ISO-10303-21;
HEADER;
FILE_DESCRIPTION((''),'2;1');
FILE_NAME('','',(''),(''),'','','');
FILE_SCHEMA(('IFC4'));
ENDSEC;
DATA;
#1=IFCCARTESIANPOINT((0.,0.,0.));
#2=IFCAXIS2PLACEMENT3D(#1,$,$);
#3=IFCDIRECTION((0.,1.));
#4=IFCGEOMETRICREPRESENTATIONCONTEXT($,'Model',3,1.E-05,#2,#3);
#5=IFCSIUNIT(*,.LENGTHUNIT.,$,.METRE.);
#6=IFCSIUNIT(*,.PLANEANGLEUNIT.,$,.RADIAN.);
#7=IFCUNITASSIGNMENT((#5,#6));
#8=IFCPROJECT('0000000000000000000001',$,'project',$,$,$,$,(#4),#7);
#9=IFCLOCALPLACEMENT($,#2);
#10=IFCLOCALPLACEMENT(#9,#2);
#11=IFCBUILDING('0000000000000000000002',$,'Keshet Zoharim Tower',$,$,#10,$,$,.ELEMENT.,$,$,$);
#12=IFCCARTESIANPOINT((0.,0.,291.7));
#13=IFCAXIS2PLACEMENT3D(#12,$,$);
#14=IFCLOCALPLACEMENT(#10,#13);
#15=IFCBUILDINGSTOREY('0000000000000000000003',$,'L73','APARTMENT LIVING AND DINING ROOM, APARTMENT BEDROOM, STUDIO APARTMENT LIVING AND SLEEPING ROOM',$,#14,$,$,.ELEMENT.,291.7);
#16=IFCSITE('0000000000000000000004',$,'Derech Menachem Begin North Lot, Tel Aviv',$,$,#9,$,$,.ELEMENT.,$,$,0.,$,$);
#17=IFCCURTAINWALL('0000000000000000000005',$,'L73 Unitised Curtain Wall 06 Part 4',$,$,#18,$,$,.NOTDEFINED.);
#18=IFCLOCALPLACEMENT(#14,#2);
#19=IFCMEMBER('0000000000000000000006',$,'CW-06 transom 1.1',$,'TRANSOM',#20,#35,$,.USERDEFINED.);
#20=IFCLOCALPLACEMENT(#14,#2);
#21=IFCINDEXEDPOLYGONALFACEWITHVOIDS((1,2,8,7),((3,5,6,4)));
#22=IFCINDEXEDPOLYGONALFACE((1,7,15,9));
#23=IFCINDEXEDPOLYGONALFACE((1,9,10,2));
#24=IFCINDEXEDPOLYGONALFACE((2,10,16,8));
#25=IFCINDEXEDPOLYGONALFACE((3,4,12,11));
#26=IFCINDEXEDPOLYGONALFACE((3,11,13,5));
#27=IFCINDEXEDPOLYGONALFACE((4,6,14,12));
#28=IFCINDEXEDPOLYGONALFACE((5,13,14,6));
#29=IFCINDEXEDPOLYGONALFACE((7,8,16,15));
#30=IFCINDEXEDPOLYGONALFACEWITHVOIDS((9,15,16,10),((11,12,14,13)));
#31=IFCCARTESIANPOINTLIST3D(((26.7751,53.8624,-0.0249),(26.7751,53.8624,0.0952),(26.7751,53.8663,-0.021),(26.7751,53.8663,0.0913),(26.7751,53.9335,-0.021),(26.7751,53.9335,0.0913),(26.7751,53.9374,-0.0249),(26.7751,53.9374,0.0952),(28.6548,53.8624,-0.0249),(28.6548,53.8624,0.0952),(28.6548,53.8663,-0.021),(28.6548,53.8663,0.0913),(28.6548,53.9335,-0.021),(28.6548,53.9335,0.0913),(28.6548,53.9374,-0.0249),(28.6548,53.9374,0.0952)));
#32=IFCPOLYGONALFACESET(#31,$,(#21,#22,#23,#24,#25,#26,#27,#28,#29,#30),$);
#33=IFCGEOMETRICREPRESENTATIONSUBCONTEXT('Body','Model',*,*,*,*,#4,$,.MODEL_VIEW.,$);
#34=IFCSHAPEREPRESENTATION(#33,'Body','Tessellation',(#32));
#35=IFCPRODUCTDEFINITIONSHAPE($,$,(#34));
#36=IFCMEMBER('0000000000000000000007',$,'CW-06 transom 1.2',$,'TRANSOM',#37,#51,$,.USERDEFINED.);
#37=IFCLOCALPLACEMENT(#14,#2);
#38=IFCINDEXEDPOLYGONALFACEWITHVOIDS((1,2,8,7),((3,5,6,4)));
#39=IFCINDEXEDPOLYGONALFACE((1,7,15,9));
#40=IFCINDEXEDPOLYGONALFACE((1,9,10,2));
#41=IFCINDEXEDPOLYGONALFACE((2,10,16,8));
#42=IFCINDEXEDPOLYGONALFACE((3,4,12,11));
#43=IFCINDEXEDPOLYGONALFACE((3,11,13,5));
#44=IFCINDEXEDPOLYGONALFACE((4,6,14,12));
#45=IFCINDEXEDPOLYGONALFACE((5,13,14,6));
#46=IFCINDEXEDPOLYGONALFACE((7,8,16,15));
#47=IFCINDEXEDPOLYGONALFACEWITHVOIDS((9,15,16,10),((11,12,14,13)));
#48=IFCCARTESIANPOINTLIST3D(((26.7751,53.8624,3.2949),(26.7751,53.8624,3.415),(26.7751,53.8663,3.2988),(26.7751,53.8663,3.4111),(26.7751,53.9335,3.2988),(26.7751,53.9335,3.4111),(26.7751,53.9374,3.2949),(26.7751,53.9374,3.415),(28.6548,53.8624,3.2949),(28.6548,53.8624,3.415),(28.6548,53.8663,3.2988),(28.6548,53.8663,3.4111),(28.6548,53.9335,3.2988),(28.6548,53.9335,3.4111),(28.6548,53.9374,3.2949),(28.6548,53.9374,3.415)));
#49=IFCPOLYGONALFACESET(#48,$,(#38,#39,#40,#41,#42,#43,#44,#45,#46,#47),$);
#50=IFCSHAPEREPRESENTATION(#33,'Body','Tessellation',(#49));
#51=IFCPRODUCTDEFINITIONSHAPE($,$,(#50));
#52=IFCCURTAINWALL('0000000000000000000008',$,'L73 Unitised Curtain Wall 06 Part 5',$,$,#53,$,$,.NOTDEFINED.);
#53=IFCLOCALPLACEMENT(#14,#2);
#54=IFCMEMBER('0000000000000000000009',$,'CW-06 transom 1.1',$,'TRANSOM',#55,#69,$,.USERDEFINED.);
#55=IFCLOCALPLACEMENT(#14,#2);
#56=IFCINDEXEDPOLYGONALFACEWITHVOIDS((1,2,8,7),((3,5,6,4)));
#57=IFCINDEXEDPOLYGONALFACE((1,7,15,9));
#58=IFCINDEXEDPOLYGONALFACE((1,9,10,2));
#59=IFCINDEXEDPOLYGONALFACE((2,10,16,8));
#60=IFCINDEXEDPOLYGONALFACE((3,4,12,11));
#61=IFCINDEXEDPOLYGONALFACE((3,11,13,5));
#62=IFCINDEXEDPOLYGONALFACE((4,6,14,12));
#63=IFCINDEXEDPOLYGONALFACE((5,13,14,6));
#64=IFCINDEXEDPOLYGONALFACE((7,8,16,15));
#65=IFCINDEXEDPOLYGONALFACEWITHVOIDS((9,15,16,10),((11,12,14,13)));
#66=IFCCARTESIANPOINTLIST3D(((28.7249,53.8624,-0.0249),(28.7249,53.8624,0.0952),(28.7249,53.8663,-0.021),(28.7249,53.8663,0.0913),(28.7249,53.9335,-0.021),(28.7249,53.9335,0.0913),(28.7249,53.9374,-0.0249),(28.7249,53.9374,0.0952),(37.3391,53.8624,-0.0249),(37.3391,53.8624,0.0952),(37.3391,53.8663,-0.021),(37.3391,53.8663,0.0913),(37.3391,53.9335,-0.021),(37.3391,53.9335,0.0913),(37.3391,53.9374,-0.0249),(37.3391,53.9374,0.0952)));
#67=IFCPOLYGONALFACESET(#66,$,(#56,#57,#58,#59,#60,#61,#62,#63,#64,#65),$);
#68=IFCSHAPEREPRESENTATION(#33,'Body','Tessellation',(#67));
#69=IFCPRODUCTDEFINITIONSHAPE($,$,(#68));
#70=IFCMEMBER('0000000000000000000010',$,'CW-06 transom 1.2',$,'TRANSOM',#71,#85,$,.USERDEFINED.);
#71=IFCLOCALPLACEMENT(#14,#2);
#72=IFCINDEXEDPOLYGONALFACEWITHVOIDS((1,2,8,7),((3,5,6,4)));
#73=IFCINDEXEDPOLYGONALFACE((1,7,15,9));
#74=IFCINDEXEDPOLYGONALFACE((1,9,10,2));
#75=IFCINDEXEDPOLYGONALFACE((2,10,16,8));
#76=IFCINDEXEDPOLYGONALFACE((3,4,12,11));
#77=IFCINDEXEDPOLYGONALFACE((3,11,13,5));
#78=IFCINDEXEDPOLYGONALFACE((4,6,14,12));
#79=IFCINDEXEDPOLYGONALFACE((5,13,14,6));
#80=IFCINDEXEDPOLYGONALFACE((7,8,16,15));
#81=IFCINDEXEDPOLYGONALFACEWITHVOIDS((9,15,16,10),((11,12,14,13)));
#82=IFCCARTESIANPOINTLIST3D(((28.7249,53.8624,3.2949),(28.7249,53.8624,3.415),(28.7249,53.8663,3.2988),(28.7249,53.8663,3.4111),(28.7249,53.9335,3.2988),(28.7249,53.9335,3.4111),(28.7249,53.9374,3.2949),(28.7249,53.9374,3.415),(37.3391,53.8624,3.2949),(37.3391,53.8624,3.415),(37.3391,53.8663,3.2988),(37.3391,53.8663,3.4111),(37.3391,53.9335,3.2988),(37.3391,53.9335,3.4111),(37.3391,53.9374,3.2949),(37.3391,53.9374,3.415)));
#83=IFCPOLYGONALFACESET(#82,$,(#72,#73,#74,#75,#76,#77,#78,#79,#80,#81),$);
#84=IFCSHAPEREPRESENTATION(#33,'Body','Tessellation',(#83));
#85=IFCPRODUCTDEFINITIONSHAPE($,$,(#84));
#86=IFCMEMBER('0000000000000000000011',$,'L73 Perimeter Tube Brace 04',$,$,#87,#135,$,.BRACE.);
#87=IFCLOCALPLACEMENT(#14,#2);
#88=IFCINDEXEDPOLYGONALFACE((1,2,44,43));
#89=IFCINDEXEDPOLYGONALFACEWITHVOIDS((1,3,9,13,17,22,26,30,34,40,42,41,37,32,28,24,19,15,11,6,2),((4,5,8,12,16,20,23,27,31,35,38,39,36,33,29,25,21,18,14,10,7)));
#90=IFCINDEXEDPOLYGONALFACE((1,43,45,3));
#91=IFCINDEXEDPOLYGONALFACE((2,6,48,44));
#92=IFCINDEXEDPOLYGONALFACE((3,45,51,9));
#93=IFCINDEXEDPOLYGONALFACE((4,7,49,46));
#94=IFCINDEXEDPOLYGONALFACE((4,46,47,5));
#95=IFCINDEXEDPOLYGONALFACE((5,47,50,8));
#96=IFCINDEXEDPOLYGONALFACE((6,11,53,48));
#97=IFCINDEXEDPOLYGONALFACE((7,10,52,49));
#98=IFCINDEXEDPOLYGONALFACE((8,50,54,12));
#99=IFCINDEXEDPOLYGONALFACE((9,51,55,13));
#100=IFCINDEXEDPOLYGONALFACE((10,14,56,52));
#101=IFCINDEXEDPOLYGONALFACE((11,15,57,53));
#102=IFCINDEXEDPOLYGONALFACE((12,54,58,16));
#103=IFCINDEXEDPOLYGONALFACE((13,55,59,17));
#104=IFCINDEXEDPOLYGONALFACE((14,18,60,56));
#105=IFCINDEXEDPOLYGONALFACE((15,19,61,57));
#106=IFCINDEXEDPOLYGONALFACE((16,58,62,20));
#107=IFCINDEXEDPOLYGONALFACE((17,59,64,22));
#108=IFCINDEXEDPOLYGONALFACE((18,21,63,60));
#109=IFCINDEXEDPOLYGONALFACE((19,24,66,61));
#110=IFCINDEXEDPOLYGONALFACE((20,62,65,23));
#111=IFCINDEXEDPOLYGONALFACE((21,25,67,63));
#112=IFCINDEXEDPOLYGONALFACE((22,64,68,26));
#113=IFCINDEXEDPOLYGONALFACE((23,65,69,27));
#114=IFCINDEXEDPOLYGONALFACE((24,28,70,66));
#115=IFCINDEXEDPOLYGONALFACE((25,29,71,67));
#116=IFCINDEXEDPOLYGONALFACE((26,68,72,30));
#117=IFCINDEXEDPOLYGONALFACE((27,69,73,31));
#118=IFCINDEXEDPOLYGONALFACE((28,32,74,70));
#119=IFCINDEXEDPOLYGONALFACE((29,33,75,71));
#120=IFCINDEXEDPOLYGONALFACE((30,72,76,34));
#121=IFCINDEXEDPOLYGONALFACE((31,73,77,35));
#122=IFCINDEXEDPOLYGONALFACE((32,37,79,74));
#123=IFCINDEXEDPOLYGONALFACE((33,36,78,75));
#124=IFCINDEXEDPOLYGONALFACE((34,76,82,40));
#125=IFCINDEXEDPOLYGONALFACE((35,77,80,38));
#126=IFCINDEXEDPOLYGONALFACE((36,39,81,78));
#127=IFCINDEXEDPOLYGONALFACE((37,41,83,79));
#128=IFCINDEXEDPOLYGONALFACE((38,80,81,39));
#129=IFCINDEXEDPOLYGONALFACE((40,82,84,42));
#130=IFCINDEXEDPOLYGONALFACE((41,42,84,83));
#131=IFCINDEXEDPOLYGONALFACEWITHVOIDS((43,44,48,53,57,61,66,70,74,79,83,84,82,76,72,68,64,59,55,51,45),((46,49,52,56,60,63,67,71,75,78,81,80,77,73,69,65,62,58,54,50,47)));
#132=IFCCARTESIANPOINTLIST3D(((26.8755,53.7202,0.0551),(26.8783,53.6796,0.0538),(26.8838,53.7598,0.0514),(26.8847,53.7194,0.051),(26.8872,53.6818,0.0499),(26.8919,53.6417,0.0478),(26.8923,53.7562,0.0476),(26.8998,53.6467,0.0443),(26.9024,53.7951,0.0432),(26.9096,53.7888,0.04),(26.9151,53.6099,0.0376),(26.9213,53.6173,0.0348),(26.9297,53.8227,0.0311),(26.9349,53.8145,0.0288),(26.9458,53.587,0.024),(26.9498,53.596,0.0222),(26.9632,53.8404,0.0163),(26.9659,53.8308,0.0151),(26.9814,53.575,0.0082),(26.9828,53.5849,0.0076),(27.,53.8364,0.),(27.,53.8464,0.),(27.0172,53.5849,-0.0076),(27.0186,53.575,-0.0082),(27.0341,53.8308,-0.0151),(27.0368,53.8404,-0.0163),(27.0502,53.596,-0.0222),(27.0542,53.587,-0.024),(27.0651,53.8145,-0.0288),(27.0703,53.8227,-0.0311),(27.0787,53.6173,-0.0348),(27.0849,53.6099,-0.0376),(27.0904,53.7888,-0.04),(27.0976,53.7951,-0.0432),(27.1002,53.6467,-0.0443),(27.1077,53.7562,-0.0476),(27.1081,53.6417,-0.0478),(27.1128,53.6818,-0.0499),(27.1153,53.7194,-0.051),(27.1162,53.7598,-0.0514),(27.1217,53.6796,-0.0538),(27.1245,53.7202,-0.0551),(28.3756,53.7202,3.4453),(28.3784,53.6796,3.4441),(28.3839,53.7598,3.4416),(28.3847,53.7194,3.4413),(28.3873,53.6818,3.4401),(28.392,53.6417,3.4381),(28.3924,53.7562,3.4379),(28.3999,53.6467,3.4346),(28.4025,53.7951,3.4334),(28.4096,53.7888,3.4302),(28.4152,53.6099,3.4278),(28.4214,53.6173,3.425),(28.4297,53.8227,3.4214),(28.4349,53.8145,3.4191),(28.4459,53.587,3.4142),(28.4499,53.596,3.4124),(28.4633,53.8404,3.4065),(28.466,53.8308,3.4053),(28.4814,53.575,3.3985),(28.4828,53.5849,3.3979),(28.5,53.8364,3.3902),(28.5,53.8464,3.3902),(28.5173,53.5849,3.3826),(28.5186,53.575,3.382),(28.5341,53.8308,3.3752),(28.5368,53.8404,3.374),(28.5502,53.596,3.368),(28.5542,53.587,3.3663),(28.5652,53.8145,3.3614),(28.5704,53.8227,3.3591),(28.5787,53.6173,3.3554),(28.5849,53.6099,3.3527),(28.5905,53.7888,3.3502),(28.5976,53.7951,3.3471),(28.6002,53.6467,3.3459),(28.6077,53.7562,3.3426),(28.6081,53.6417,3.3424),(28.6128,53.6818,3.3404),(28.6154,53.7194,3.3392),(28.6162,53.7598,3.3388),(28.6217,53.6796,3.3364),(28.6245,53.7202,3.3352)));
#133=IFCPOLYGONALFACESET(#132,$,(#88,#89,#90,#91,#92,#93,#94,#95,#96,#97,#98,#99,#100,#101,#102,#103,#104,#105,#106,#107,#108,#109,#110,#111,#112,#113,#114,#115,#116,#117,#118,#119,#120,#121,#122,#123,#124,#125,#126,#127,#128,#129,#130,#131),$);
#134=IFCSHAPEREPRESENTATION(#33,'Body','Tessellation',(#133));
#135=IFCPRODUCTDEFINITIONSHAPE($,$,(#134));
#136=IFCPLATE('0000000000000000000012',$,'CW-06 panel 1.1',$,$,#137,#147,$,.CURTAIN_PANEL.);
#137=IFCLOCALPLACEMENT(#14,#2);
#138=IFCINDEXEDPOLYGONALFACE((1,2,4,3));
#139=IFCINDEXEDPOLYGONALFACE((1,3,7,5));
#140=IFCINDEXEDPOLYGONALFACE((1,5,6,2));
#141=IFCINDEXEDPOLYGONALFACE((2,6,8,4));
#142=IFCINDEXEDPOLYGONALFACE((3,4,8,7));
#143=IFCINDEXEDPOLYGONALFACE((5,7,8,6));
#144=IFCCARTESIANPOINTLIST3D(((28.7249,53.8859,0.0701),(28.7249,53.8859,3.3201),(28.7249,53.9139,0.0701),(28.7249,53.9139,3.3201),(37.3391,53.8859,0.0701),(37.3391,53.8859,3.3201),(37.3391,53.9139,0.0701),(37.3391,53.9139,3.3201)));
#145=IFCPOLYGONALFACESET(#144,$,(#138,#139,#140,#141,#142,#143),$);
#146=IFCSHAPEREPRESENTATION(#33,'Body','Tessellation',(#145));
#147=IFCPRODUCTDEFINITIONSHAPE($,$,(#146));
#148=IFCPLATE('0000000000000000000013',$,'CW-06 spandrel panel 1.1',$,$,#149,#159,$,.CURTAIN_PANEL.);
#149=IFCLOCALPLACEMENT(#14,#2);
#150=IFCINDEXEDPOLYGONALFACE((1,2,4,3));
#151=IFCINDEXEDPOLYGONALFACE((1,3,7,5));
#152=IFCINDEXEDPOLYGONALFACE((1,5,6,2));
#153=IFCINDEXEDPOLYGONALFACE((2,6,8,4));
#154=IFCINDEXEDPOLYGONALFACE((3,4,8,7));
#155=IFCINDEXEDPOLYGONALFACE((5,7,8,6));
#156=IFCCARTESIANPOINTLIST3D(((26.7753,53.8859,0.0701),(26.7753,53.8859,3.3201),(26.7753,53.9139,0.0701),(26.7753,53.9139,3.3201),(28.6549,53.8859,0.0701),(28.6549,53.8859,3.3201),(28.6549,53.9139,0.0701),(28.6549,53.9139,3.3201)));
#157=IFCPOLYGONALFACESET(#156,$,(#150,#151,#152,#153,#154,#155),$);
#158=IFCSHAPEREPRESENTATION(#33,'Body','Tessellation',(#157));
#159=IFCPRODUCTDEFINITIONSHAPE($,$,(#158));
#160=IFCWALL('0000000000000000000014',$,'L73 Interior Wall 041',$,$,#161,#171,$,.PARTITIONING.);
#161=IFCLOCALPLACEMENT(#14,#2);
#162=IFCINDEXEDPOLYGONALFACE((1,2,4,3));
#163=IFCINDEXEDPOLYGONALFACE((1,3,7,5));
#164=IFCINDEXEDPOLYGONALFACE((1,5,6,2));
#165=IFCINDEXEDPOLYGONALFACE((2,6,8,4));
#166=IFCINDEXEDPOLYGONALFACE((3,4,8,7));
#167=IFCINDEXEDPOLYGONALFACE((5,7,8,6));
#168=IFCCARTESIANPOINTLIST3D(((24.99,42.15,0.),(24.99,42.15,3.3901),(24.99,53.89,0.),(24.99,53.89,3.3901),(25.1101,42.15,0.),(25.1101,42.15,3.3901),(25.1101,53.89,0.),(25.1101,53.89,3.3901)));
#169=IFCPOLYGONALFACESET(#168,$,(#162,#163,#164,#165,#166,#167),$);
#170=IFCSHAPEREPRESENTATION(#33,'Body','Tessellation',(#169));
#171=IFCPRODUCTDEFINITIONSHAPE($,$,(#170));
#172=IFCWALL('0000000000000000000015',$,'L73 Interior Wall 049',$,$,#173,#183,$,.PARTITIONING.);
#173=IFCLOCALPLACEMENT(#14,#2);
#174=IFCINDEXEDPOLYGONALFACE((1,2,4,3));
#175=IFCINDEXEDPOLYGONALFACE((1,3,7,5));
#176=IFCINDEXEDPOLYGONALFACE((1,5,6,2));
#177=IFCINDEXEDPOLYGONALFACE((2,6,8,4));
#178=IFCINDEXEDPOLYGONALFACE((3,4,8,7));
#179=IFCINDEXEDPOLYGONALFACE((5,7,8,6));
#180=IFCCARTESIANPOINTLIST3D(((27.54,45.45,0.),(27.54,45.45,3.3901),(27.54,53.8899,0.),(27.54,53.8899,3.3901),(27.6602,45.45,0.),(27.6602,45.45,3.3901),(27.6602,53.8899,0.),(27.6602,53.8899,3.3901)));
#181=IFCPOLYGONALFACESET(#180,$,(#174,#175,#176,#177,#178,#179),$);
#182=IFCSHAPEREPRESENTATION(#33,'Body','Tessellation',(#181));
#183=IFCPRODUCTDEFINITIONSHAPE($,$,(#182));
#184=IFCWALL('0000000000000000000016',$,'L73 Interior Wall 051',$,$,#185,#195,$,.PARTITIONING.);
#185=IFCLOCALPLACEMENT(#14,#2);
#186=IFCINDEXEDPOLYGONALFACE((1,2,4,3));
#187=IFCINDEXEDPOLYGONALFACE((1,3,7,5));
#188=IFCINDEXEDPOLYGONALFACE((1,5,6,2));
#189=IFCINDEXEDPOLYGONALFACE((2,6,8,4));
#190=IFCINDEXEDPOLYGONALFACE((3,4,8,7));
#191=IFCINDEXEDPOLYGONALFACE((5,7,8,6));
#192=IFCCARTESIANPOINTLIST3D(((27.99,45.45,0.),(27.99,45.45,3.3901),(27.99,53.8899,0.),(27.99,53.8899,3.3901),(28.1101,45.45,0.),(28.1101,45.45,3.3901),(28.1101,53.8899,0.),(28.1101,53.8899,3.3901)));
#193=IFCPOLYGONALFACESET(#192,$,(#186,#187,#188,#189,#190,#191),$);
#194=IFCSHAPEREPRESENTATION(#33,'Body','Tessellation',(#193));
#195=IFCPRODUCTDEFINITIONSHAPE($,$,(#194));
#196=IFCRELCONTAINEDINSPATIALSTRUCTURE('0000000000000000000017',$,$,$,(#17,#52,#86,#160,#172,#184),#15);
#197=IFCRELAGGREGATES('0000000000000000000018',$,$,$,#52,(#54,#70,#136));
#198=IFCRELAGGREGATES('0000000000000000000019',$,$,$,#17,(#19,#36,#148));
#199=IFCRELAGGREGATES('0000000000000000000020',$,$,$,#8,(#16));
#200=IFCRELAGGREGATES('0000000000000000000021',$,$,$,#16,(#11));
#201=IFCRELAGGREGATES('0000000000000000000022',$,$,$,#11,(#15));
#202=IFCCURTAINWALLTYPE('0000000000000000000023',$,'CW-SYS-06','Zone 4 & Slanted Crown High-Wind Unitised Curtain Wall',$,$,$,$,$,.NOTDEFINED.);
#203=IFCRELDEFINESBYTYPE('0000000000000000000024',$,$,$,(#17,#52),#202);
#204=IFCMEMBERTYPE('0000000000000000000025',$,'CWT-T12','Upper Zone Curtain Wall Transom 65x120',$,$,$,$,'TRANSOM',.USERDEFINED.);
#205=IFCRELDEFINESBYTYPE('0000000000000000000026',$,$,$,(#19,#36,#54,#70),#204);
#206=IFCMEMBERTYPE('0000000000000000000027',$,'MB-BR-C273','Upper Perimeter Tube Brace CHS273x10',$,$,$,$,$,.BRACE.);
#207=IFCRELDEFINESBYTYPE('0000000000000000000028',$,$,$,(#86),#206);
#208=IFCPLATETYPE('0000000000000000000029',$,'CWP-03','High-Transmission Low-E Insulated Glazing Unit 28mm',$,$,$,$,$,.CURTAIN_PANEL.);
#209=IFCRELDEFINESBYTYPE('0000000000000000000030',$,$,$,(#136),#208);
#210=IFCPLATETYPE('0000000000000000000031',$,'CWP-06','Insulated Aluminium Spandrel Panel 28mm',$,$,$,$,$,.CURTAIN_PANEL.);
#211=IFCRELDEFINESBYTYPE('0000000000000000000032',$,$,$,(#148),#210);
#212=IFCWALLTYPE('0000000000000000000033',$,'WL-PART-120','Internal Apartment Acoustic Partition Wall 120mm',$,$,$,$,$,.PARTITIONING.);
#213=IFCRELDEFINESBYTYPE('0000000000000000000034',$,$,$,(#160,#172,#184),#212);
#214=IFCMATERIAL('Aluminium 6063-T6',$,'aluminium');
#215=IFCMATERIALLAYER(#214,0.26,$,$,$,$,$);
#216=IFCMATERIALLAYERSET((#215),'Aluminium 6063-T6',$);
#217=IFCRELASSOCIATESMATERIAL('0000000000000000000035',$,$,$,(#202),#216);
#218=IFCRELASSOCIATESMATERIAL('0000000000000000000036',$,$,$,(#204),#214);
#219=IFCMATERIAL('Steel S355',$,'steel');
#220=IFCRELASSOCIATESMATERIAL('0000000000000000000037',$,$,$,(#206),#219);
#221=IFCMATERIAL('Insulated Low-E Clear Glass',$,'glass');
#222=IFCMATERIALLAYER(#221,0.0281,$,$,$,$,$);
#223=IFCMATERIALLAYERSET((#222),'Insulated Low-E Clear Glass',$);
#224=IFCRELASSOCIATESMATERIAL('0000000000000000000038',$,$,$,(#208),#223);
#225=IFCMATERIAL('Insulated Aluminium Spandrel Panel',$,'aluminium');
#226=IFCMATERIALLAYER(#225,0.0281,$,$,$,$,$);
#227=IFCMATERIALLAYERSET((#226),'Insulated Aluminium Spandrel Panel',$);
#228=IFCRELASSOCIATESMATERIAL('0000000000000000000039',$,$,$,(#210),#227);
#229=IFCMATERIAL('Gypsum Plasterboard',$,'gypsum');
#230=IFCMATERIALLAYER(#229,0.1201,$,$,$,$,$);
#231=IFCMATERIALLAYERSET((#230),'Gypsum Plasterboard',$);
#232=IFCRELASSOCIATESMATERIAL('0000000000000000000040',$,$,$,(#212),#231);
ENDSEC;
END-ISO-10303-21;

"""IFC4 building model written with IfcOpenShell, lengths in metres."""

from ifc_helpers import new_model, si_unit, direction, frame, frame_2d, origin, origin_2d, place, context, subcontext, project, spatial, rectangle, hollow_rectangle, hollow_circle, extrude, material, layer, layer_set, material_profile, profile_set, type_object, element, aggregate, save


model = new_model("IFC4")

# Units and contexts
model_context = context("Model", 3, precision=1e-05, world=origin(), true_north=direction((0.0, 1.0)))
body_context = subcontext(model_context, "Body", "Model", "MODEL_VIEW")
ifc_project = project(units=[si_unit("LENGTHUNIT", "METRE"), si_unit("PLANEANGLEUNIT", "RADIAN")], contexts=[model_context])

# Site, building, storey
site_placement = place(None, origin())
site = spatial("IfcSite", under=ifc_project, at=site_placement, Name="Derech Menachem Begin North Lot, Tel Aviv", CompositionType="ELEMENT", RefElevation=0.0)
building_placement = place(site_placement, origin())
building = spatial("IfcBuilding", under=site, at=building_placement, Name="Keshet Zoharim Tower", CompositionType="ELEMENT")
storey_placement = place(building_placement, frame((0.0, 0.0, 291.7)))
storey = spatial("IfcBuildingStorey", under=building, at=storey_placement, Name="L73", Description="APARTMENT LIVING AND DINING ROOM, APARTMENT BEDROOM, STUDIO APARTMENT LIVING AND SLEEPING ROOM", CompositionType="ELEMENT", Elevation=291.7)

# Shared definitions
ifc_material_1 = material(Name="Steel S355", Category="steel")

# Shared definitions
ifc_material_2 = material(Name="Aluminium 6063-T6", Category="aluminium")
ifc_layer_1 = layer(ifc_material_2, 0.26)
ifc_layer_set_1 = layer_set([ifc_layer_1], Name="Aluminium 6063-T6")
curtain_wall_type = type_object("IfcCurtainWallType", Name="CW-SYS-06", Description="Zone 4 & Slanted Crown High-Wind Unitised Curtain Wall", PredefinedType="NOTDEFINED", material=ifc_layer_set_1)

# Curtain walls, members
curtain_wall_1_placement = place(storey_placement, origin())
curtain_wall_1 = element("IfcCurtainWall", 1, at=curtain_wall_1_placement, inside=storey, type_object=curtain_wall_type, Name="L73 Unitised Curtain Wall 06 Part 4", PredefinedType="NOTDEFINED")
ifc_material_profile_1 = material_profile(ifc_material_2, hollow_rectangle(XDim=0.075, YDim=0.1201, WallThickness=0.0039, at=origin_2d()), Name="TRN-75x120")
ifc_profile_set_1 = profile_set([ifc_material_profile_1], Name="Aluminium 6063-T6")
member_type_1 = type_object("IfcMemberType", Name="CWT-T12", Description="Upper Zone Curtain Wall Transom 65x120", ElementType="TRANSOM", PredefinedType="USERDEFINED", material=ifc_profile_set_1)
member_1_placement = place(storey_placement, frame((26.7751, 53.8999, 0.0352), z_axis=(1.0, 0.0, 0.0), x_axis=(0.0, 1.0, 0.0)))
member_1 = element("IfcMember", 2, at=member_1_placement, type_object=member_type_1, Name="CW-06 transom 1.1", ObjectType="TRANSOM", PredefinedType="USERDEFINED", context=body_context, shape_type="SweptSolid", body=[
    extrude(hollow_rectangle(XDim=0.075, YDim=0.1201, WallThickness=0.0039, at=origin_2d()), origin(), (0.0, 0.0, 1.0), 1.8796),
])
member_2_placement = place(storey_placement, frame((26.7751, 53.8999, 3.355), z_axis=(1.0, 0.0, 0.0), x_axis=(0.0, 1.0, 0.0)))
member_2 = element("IfcMember", 3, at=member_2_placement, type_object=member_type_1, Name="CW-06 transom 1.2", ObjectType="TRANSOM", PredefinedType="USERDEFINED", context=body_context, shape_type="SweptSolid", body=[
    extrude(hollow_rectangle(XDim=0.075, YDim=0.1201, WallThickness=0.0039, at=origin_2d()), origin(), (0.0, 0.0, 1.0), 1.8796),
])
curtain_wall_2_placement = place(storey_placement, origin())
curtain_wall_2 = element("IfcCurtainWall", 4, at=curtain_wall_2_placement, inside=storey, type_object=curtain_wall_type, Name="L73 Unitised Curtain Wall 06 Part 5", PredefinedType="NOTDEFINED")
member_3_placement = place(storey_placement, frame((28.7249, 53.8999, 0.0352), z_axis=(1.0, 0.0, 0.0), x_axis=(0.0, 1.0, 0.0)))
member_3 = element("IfcMember", 5, at=member_3_placement, type_object=member_type_1, Name="CW-06 transom 1.1", ObjectType="TRANSOM", PredefinedType="USERDEFINED", context=body_context, shape_type="SweptSolid", body=[
    extrude(hollow_rectangle(XDim=0.075, YDim=0.1201, WallThickness=0.0039, at=origin_2d()), origin(), (0.0, 0.0, 1.0), 8.6143),
])
member_4_placement = place(storey_placement, frame((28.7249, 53.8999, 3.355), z_axis=(1.0, 0.0, 0.0), x_axis=(0.0, 1.0, 0.0)))
member_4 = element("IfcMember", 6, at=member_4_placement, type_object=member_type_1, Name="CW-06 transom 1.2", ObjectType="TRANSOM", PredefinedType="USERDEFINED", context=body_context, shape_type="SweptSolid", body=[
    extrude(hollow_rectangle(XDim=0.075, YDim=0.1201, WallThickness=0.0039, at=origin_2d()), origin(), (0.0, 0.0, 1.0), 8.6143),
])

# Member
ifc_material_profile_2 = material_profile(ifc_material_1, hollow_circle(Radius=0.1365, WallThickness=0.01, at=origin_2d()), Name="CHS273x10")
ifc_profile_set_2 = profile_set([ifc_material_profile_2], Name="Steel S355")
member_type_2 = type_object("IfcMemberType", Name="MB-BR-C273", Description="Upper Perimeter Tube Brace CHS273x10", PredefinedType="BRACE", material=ifc_profile_set_2)
member_5_placement = place(storey_placement, frame((27.0, 53.71, 0.0), z_axis=(0.404623, 0.0, 0.914484), x_axis=(0.0, 1.0, 0.0)))
element("IfcMember", 7, at=member_5_placement, inside=storey, type_object=member_type_2, Name="L73 Perimeter Tube Brace 04", PredefinedType="BRACE", context=body_context, shape_type="SweptSolid", body=[
    extrude(hollow_circle(Radius=0.1365, WallThickness=0.01, at=origin_2d()), origin(), (0.0, 0.0, 1.0), 3.7073),
])

# Plates
ifc_material_3 = material(Name="Insulated Low-E Clear Glass", Category="glass")
ifc_layer_2 = layer(ifc_material_3, 0.0281)
ifc_layer_set_2 = layer_set([ifc_layer_2], Name="Insulated Low-E Clear Glass")
plate_type_1 = type_object("IfcPlateType", Name="CWP-03", Description="High-Transmission Low-E Insulated Glazing Unit 28mm", PredefinedType="CURTAIN_PANEL", material=ifc_layer_set_2)
plate_1_placement = place(storey_placement, frame((33.032, 53.8999, 0.0701), z_axis=(0.0, 0.0, 1.0), x_axis=(1.0, 0.0, 0.0)))
plate_1 = element("IfcPlate", 8, at=plate_1_placement, type_object=plate_type_1, Name="CW-06 panel 1.1", PredefinedType="CURTAIN_PANEL", context=body_context, shape_type="SweptSolid", body=[
    extrude(rectangle(XDim=8.6143, YDim=0.0281, at=origin_2d()), origin(), (0.0, 0.0, 1.0), 3.25),
])
aggregate(curtain_wall_2, [member_3, member_4, plate_1])
ifc_material_4 = material(Name="Insulated Aluminium Spandrel Panel", Category="aluminium")
ifc_layer_3 = layer(ifc_material_4, 0.0281)
ifc_layer_set_3 = layer_set([ifc_layer_3], Name="Insulated Aluminium Spandrel Panel")
plate_type_2 = type_object("IfcPlateType", Name="CWP-06", Description="Insulated Aluminium Spandrel Panel 28mm", PredefinedType="CURTAIN_PANEL", material=ifc_layer_set_3)
plate_2_placement = place(storey_placement, frame((27.7151, 53.8999, 0.0701), z_axis=(0.0, 0.0, 1.0), x_axis=(1.0, 0.0, 0.0)))
plate_2 = element("IfcPlate", 9, at=plate_2_placement, type_object=plate_type_2, Name="CW-06 spandrel panel 1.1", PredefinedType="CURTAIN_PANEL", context=body_context, shape_type="SweptSolid", body=[
    extrude(rectangle(XDim=1.8796, YDim=0.0281, at=origin_2d()), origin(), (0.0, 0.0, 1.0), 3.25),
])
aggregate(curtain_wall_1, [member_1, member_2, plate_2])

# Walls
ifc_material_5 = material(Name="Gypsum Plasterboard", Category="gypsum")
ifc_layer_4 = layer(ifc_material_5, 0.1201)
ifc_layer_set_4 = layer_set([ifc_layer_4], Name="Gypsum Plasterboard")
wall_type_1 = type_object("IfcWallType", Name="WL-PART-120", Description="Internal Apartment Acoustic Partition Wall 120mm", PredefinedType="PARTITIONING", material=ifc_layer_set_4)
wall_1_placement = place(storey_placement, frame((25.05, 42.1499, 0.0), z_axis=(0.0, 0.0, 1.0), x_axis=(0.0, 1.0, 0.0)))
element("IfcWall", 10, at=wall_1_placement, inside=storey, type_object=wall_type_1, Name="L73 Interior Wall 041", PredefinedType="PARTITIONING", context=body_context, shape_type="SweptSolid", body=[
    extrude(rectangle(XDim=11.74, YDim=0.1201, at=frame_2d((5.8701, 0.0))), origin(), (0.0, 0.0, 1.0), 3.3901),
])
for number, where, z_axis, x_axis, name in (
    (11, (27.6001, 45.45, 0.0), (0.0, 0.0, 1.0), (0.0, 1.0, 0.0), "L73 Interior Wall 049"),
    (12, (28.05, 45.45, 0.0), (0.0, 0.0, 1.0), (0.0, 1.0, 0.0), "L73 Interior Wall 051"),
):
    element("IfcWall", number, at=place(storey_placement, frame(where, z_axis=z_axis, x_axis=x_axis)), inside=storey, type_object=wall_type_1, Name=name, PredefinedType="PARTITIONING", context=body_context, shape_type="SweptSolid", body=[
        extrude(rectangle(XDim=8.4399, YDim=0.1201, at=frame_2d((4.22, 0.0))), origin(), (0.0, 0.0, 1.0), 3.3901),
    ])

save(model, "model.ifc")
